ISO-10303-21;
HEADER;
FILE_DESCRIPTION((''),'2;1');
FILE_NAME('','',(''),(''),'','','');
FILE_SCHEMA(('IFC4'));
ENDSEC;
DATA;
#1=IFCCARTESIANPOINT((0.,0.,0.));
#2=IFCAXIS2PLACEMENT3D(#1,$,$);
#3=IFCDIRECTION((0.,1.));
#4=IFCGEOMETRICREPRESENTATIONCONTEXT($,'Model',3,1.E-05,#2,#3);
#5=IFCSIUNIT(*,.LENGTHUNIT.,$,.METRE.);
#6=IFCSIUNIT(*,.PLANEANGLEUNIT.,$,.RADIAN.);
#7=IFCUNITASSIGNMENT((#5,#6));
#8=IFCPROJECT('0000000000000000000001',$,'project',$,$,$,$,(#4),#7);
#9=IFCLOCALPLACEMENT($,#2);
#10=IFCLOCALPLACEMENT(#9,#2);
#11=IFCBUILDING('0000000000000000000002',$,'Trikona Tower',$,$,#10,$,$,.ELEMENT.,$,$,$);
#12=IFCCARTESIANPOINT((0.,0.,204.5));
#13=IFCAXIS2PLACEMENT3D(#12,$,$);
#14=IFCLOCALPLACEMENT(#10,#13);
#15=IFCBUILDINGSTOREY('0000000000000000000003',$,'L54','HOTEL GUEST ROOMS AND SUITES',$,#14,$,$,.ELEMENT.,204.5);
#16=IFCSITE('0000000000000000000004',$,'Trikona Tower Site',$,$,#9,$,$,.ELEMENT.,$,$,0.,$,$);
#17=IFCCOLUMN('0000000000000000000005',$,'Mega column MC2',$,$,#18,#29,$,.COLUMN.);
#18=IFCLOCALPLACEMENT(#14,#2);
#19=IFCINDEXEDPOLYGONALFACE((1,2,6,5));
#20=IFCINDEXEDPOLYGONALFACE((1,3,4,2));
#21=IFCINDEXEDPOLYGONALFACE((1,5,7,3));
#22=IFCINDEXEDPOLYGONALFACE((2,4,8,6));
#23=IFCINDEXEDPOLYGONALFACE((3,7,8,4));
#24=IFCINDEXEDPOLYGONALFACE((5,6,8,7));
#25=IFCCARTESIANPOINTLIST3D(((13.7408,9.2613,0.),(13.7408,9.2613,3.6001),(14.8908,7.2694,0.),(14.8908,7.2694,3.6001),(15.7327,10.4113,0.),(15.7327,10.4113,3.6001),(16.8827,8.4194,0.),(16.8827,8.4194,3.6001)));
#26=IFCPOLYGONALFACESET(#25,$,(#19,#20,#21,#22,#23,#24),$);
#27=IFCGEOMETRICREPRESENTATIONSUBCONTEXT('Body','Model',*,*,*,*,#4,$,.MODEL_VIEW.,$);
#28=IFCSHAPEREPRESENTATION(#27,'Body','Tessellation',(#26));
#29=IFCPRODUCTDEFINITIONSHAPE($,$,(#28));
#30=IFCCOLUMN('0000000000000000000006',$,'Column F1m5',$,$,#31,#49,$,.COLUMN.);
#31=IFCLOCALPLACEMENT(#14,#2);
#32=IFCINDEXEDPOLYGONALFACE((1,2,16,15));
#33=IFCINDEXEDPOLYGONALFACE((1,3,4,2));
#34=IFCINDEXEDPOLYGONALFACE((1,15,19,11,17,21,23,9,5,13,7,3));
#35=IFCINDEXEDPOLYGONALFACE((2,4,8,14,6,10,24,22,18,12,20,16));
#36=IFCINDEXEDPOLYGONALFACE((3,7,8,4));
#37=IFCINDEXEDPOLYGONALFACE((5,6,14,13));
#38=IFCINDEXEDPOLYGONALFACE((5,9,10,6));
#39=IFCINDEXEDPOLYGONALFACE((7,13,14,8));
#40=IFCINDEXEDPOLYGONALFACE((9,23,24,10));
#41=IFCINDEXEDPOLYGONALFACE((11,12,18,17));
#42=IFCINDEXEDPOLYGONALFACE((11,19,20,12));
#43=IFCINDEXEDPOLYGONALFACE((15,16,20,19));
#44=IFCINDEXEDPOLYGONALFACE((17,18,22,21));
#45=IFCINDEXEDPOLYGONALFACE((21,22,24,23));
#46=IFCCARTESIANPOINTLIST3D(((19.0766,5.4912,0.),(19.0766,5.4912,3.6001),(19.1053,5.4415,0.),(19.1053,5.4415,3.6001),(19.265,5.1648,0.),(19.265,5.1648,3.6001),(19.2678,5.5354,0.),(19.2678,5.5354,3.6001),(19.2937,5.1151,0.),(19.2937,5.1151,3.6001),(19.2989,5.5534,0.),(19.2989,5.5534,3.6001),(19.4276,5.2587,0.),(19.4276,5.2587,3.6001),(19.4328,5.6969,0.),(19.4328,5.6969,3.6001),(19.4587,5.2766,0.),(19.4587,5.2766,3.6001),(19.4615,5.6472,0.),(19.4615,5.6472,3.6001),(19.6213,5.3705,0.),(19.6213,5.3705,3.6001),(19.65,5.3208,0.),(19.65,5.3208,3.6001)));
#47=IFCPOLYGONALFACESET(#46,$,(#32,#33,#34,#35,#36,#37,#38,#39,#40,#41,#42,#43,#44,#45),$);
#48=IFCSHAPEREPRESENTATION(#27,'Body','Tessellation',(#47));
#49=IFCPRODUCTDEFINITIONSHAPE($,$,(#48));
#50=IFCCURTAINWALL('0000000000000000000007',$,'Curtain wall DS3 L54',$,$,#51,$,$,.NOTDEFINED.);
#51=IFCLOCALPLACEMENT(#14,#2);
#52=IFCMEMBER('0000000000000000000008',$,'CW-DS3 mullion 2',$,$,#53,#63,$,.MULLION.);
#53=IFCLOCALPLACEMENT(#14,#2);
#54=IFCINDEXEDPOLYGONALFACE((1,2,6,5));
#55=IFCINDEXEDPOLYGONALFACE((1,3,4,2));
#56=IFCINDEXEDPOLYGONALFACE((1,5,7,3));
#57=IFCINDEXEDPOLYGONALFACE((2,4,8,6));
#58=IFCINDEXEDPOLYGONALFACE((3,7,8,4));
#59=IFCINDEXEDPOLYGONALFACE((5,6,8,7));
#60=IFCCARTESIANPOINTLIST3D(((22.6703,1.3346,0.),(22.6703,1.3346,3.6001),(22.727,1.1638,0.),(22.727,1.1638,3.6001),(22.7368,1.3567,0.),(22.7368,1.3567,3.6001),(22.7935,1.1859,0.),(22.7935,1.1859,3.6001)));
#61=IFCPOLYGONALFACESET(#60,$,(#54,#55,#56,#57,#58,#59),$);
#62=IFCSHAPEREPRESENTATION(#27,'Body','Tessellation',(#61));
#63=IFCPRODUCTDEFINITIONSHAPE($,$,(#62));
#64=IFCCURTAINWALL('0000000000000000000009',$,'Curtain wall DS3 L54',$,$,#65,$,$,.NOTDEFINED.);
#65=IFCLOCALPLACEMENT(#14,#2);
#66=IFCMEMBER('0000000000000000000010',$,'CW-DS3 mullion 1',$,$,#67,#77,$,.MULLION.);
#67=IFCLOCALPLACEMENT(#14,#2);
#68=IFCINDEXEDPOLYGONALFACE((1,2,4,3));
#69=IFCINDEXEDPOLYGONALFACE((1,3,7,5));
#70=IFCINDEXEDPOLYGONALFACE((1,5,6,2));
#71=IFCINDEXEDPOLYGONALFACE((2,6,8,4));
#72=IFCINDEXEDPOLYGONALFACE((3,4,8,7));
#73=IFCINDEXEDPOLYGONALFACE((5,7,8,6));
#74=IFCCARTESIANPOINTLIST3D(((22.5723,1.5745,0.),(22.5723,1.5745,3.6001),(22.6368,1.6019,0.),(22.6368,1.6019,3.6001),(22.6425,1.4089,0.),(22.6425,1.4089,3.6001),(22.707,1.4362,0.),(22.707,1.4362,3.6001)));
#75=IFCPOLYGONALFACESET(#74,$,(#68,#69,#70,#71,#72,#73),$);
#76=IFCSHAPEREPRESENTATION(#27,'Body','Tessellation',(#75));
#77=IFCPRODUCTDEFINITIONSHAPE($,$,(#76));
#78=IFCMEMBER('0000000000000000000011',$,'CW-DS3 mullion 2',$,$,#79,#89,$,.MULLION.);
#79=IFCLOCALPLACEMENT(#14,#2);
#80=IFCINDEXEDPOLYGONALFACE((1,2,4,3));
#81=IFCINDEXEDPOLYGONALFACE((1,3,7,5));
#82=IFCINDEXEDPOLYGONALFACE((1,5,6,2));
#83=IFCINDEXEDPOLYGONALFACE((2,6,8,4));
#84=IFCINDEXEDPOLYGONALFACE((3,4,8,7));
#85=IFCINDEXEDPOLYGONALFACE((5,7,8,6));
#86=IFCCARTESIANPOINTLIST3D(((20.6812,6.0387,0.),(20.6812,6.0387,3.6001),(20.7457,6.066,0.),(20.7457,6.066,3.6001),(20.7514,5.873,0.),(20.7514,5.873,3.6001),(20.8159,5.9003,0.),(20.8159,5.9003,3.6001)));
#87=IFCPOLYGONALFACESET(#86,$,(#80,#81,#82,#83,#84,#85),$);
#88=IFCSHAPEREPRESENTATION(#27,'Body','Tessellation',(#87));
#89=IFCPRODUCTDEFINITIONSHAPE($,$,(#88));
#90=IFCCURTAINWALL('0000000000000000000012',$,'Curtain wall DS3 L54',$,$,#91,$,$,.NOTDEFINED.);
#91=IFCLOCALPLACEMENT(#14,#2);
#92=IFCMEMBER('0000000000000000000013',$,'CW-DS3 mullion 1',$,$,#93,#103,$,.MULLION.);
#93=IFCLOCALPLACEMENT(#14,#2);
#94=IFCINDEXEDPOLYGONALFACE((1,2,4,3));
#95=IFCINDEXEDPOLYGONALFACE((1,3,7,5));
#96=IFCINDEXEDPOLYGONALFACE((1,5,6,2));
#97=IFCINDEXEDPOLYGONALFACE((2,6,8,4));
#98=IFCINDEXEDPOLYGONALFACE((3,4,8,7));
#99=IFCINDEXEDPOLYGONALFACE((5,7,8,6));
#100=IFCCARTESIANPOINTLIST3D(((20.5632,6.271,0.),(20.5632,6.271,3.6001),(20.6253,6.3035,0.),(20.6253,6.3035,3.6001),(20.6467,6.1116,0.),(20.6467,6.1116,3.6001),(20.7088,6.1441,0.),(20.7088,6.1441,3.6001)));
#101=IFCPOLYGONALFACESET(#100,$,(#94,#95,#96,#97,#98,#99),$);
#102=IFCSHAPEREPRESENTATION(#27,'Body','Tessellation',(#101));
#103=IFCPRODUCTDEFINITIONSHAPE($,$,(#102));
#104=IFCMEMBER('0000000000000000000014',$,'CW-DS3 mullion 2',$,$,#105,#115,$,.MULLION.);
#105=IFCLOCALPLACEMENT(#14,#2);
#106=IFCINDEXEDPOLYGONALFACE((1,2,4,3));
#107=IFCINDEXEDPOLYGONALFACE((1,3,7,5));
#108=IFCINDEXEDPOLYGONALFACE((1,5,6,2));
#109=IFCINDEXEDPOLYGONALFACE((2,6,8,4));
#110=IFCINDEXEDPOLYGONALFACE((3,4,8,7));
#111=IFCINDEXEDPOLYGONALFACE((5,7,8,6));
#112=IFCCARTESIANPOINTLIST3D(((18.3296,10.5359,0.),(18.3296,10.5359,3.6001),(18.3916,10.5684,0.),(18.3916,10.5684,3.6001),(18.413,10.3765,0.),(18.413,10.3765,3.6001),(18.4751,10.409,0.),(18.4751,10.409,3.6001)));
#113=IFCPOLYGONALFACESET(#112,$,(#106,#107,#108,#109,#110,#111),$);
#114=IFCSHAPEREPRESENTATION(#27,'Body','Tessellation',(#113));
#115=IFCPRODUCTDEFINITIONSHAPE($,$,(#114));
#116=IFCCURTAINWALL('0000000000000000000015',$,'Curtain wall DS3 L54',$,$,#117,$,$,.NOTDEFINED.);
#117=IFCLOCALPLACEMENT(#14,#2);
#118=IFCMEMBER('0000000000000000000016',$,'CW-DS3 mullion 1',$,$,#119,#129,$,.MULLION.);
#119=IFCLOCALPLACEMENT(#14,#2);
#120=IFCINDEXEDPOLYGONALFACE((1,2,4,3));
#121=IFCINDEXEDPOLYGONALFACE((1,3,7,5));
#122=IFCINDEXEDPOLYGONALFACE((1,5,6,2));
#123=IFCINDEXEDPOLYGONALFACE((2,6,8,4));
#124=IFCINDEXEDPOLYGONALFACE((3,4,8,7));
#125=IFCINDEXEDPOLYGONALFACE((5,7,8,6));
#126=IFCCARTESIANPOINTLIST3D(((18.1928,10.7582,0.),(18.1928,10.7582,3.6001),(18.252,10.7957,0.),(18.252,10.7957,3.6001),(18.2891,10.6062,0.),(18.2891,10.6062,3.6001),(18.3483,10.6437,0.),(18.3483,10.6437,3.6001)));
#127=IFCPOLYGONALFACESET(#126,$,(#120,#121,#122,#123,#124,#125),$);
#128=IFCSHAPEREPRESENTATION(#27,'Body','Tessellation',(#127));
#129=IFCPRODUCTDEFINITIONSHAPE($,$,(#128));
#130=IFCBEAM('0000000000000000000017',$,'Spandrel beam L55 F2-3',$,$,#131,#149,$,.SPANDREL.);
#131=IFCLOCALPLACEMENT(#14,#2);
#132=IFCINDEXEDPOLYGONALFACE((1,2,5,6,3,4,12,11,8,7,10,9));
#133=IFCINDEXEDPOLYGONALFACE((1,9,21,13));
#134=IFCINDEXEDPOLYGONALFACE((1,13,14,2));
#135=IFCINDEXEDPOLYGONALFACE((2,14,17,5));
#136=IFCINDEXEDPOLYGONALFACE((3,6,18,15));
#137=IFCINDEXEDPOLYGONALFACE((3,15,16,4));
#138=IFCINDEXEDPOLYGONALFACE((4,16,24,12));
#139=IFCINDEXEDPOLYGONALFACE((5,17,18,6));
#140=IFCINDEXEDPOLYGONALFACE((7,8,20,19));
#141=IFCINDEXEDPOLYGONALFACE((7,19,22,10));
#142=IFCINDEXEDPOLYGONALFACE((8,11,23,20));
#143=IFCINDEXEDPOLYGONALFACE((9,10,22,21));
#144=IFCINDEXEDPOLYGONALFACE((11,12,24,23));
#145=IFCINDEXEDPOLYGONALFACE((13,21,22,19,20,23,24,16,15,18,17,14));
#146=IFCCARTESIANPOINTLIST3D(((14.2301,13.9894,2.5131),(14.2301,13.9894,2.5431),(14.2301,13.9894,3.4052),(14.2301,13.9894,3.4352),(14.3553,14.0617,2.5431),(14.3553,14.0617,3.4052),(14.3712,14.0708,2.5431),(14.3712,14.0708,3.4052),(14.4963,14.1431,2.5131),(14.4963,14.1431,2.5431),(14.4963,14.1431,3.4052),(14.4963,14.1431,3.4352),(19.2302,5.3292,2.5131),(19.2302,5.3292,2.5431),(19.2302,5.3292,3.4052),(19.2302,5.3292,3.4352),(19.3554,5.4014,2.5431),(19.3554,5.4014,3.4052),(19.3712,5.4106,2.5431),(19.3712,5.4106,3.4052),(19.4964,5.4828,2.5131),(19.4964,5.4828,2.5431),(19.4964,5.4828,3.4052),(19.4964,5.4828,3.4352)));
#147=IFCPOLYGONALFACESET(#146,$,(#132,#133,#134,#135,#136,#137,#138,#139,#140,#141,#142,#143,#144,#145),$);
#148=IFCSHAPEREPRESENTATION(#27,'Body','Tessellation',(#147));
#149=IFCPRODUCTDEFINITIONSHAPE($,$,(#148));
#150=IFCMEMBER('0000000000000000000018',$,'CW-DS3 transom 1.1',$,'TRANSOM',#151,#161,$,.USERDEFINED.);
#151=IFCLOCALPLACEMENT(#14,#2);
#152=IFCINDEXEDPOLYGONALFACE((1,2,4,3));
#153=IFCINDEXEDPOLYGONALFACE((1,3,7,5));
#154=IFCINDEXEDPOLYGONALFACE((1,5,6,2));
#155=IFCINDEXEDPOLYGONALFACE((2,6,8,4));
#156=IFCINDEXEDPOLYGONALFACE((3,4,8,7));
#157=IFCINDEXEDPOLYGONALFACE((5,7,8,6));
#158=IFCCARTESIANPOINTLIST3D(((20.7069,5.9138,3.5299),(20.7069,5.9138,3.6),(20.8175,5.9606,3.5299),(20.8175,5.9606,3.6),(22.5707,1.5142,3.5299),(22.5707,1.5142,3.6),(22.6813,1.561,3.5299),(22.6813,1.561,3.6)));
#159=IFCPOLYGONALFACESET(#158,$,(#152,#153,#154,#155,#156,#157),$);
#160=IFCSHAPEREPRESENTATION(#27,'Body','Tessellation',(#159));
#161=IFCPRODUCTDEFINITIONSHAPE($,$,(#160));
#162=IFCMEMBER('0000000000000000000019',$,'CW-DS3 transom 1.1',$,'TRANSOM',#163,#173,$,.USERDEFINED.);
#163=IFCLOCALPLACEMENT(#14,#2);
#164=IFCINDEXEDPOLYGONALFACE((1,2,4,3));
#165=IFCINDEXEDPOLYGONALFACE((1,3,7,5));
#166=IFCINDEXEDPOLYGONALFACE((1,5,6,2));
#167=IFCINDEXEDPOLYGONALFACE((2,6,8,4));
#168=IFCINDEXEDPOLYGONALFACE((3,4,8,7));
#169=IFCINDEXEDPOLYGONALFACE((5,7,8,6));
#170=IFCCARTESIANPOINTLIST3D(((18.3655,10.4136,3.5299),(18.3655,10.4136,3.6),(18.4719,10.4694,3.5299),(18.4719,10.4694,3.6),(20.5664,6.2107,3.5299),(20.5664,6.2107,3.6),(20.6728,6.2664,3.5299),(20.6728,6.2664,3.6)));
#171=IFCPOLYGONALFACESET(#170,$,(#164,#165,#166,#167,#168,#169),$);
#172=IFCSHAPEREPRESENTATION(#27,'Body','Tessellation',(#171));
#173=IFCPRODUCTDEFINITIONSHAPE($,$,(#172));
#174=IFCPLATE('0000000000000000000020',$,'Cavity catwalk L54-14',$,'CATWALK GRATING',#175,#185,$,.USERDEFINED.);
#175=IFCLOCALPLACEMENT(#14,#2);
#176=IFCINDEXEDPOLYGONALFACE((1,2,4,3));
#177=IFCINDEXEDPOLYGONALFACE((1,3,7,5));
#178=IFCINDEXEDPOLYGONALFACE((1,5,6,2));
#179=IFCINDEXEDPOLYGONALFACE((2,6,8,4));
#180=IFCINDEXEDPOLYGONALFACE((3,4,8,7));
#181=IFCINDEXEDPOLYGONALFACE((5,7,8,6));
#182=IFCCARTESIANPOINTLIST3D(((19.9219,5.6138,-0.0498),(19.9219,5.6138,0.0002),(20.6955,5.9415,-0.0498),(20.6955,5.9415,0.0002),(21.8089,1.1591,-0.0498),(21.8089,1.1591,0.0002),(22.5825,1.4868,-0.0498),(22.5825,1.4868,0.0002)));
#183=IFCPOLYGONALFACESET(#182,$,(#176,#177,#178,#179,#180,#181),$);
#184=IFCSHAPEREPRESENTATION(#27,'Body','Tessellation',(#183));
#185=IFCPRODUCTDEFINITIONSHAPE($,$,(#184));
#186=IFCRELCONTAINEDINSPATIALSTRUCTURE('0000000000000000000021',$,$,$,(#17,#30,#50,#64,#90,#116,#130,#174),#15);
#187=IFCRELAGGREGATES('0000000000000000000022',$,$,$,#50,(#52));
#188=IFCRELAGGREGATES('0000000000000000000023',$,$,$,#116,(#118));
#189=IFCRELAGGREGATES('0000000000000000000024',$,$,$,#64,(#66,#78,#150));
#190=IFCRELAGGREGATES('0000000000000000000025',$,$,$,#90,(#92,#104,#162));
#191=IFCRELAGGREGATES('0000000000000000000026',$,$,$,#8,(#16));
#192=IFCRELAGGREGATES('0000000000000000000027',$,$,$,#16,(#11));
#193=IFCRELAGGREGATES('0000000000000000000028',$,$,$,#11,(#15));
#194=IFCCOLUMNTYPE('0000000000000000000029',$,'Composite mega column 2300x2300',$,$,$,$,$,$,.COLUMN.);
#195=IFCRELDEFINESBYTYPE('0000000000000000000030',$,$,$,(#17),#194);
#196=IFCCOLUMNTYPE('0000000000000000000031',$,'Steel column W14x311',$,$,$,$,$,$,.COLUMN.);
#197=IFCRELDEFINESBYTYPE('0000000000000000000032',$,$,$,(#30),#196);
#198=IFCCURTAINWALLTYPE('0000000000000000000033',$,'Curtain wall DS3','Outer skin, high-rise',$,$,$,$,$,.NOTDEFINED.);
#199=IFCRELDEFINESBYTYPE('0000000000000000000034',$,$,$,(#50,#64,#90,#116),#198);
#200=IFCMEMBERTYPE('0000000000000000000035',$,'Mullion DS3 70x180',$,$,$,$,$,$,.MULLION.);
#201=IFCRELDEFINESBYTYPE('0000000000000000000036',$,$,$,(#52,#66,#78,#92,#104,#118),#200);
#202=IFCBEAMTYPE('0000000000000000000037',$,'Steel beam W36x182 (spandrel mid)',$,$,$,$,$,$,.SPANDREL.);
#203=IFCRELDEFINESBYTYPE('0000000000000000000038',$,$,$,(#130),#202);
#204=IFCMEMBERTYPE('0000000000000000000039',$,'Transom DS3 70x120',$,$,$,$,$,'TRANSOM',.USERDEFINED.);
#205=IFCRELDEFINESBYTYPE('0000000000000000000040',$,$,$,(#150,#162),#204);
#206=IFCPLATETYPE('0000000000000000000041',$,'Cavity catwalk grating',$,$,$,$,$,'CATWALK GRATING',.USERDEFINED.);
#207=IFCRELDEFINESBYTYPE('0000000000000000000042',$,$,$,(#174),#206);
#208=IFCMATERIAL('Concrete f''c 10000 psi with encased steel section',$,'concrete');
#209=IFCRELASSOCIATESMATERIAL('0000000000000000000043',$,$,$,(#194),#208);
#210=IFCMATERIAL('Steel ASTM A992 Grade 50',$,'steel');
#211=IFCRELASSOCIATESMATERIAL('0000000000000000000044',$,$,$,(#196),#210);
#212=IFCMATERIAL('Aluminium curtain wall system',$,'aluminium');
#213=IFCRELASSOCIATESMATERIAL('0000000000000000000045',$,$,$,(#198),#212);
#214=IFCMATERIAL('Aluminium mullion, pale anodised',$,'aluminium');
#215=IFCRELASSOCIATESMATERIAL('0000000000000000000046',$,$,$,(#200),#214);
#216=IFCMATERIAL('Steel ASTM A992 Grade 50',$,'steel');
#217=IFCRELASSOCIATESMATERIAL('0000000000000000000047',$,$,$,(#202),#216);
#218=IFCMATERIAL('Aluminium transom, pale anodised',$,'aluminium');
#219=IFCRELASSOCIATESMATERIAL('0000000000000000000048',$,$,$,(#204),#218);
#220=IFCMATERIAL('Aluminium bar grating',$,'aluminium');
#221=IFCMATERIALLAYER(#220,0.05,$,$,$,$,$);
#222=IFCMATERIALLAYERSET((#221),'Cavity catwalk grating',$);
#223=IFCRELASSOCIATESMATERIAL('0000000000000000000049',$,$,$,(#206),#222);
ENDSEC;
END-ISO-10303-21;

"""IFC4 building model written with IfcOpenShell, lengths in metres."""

from ifc_helpers import new_model, si_unit, direction, frame, origin, origin_2d, place, context, subcontext, project, spatial, rectangle, i_section, extrude, material, layer, layer_set, material_profile, profile_set, type_object, element, aggregate, save


model = new_model("IFC4")

# Units and contexts
model_context = context("Model", 3, precision=1e-05, world=origin(), true_north=direction((0.0, 1.0)))
body_context = subcontext(model_context, "Body", "Model", "MODEL_VIEW")
ifc_project = project(units=[si_unit("LENGTHUNIT", "METRE"), si_unit("PLANEANGLEUNIT", "RADIAN")], contexts=[model_context])

# Site, building, storey
site_placement = place(None, origin())
site = spatial("IfcSite", under=ifc_project, at=site_placement, Name="Trikona Tower Site", CompositionType="ELEMENT", RefElevation=0.0)
building_placement = place(site_placement, origin())
building = spatial("IfcBuilding", under=site, at=building_placement, Name="Trikona Tower", CompositionType="ELEMENT")
storey_placement = place(building_placement, frame((0.0, 0.0, 204.5)))
storey = spatial("IfcBuildingStorey", under=building, at=storey_placement, Name="L54", Description="HOTEL GUEST ROOMS AND SUITES", CompositionType="ELEMENT", Elevation=204.5)

# Columns
ifc_material_1 = material(Name="Concrete f'c 10000 psi with encased steel section", Category="concrete")
ifc_material_profile_1 = material_profile(ifc_material_1, rectangle(XDim=2.3, YDim=2.3, at=origin_2d()), Name="MC2300")
ifc_profile_set_1 = profile_set([ifc_material_profile_1], Name="Concrete f'c 10000 psi with encased steel section")
column_type_1 = type_object("IfcColumnType", Name="Composite mega column 2300x2300", PredefinedType="COLUMN", material=ifc_profile_set_1)
column_1_placement = place(storey_placement, frame((15.3118, 8.8403, 0.0), z_axis=(0.0, 0.0, 1.0), x_axis=(0.866025, 0.5, 0.0)))
element("IfcColumn", 1, at=column_1_placement, inside=storey, type_object=column_type_1, Name="Mega column MC2", PredefinedType="COLUMN", context=body_context, shape_type="SweptSolid", body=[
    extrude(rectangle(XDim=2.3, YDim=2.3, at=origin_2d()), origin(), (0.0, 0.0, 1.0), 3.6001),
])
ifc_material_2 = material(Name="Steel ASTM A992 Grade 50", Category="steel")
ifc_material_profile_2 = material_profile(ifc_material_2, i_section(OverallWidth=0.4114, OverallDepth=0.4343, WebThickness=0.0359, FlangeThickness=0.0574, at=origin_2d()), Name="W14X311")
ifc_profile_set_2 = profile_set([ifc_material_profile_2], Name="Steel ASTM A992 Grade 50")
column_type_2 = type_object("IfcColumnType", Name="Steel column W14x311", PredefinedType="COLUMN", material=ifc_profile_set_2)
column_2_placement = place(storey_placement, frame((19.3633, 5.406, 0.0), z_axis=(0.0, 0.0, 1.0), x_axis=(0.866025, 0.5, 0.0)))
element("IfcColumn", 2, at=column_2_placement, inside=storey, type_object=column_type_2, Name="Column F1m5", PredefinedType="COLUMN", context=body_context, shape_type="SweptSolid", body=[
    extrude(i_section(OverallWidth=0.4114, OverallDepth=0.4343, WebThickness=0.0359, FlangeThickness=0.0574, at=origin_2d()), origin(), (0.0, 0.0, 1.0), 3.6001),
])

# Curtain wall, member
ifc_material_3 = material(Name="Aluminium curtain wall system", Category="aluminium")
curtain_wall_type = type_object("IfcCurtainWallType", Name="Curtain wall DS3", Description="Outer skin, high-rise", PredefinedType="NOTDEFINED", material=ifc_material_3)
curtain_wall_1_placement = place(storey_placement, origin())
curtain_wall_1 = element("IfcCurtainWall", 3, at=curtain_wall_1_placement, inside=storey, type_object=curtain_wall_type, Name="Curtain wall DS3 L54", PredefinedType="NOTDEFINED")
ifc_material_4 = material(Name="Aluminium mullion, pale anodised", Category="aluminium")
ifc_material_profile_3 = material_profile(ifc_material_4, rectangle(XDim=0.0701, YDim=0.1799, at=origin_2d()), Name="MUL-DS3")
ifc_profile_set_3 = profile_set([ifc_material_profile_3], Name="Aluminium mullion, pale anodised")
member_type_1 = type_object("IfcMemberType", Name="Mullion DS3 70x180", PredefinedType="MULLION", material=ifc_profile_set_3)
member_1_placement = place(storey_placement, frame((22.7319, 1.2603, 0.0), z_axis=(0.0, 0.0, 1.0), x_axis=(-0.949066, -0.315078, 0.0)))
member_1 = element("IfcMember", 4, at=member_1_placement, type_object=member_type_1, Name="CW-DS3 mullion 2", PredefinedType="MULLION", context=body_context, shape_type="SweptSolid", body=[
    extrude(rectangle(XDim=0.0701, YDim=0.1799, at=origin_2d()), origin(), (0.0, 0.0, 1.0), 3.6001),
])
aggregate(curtain_wall_1, [member_1])

# Curtain walls, members
curtain_wall_2_placement = place(storey_placement, origin())
curtain_wall_2 = element("IfcCurtainWall", 5, at=curtain_wall_2_placement, inside=storey, type_object=curtain_wall_type, Name="Curtain wall DS3 L54", PredefinedType="NOTDEFINED")
member_2_placement = place(storey_placement, frame((22.6396, 1.5054, 0.0), z_axis=(0.0, 0.0, 1.0), x_axis=(-0.920792, -0.390053, 0.0)))
member_2 = element("IfcMember", 6, at=member_2_placement, type_object=member_type_1, Name="CW-DS3 mullion 1", PredefinedType="MULLION", context=body_context, shape_type="SweptSolid", body=[
    extrude(rectangle(XDim=0.0701, YDim=0.1799, at=origin_2d()), origin(), (0.0, 0.0, 1.0), 3.6001),
])
member_3_placement = place(storey_placement, frame((20.7485, 5.9695, 0.0), z_axis=(0.0, 0.0, 1.0), x_axis=(-0.920792, -0.390053, 0.0)))
member_3 = element("IfcMember", 7, at=member_3_placement, type_object=member_type_1, Name="CW-DS3 mullion 2", PredefinedType="MULLION", context=body_context, shape_type="SweptSolid", body=[
    extrude(rectangle(XDim=0.0701, YDim=0.1799, at=origin_2d()), origin(), (0.0, 0.0, 1.0), 3.6001),
])
curtain_wall_3_placement = place(storey_placement, origin())
curtain_wall_3 = element("IfcCurtainWall", 8, at=curtain_wall_3_placement, inside=storey, type_object=curtain_wall_type, Name="Curtain wall DS3 L54", PredefinedType="NOTDEFINED")
member_4_placement = place(storey_placement, frame((20.636, 6.2075, 0.0), z_axis=(0.0, 0.0, 1.0), x_axis=(-0.885862, -0.463948, 0.0)))
member_4 = element("IfcMember", 9, at=member_4_placement, type_object=member_type_1, Name="CW-DS3 mullion 1", PredefinedType="MULLION", context=body_context, shape_type="SweptSolid", body=[
    extrude(rectangle(XDim=0.0701, YDim=0.1799, at=origin_2d()), origin(), (0.0, 0.0, 1.0), 3.6001),
])
member_5_placement = place(storey_placement, frame((18.4023, 10.4724, 0.0), z_axis=(0.0, 0.0, 1.0), x_axis=(-0.885862, -0.463948, 0.0)))
member_5 = element("IfcMember", 10, at=member_5_placement, type_object=member_type_1, Name="CW-DS3 mullion 2", PredefinedType="MULLION", context=body_context, shape_type="SweptSolid", body=[
    extrude(rectangle(XDim=0.0701, YDim=0.1799, at=origin_2d()), origin(), (0.0, 0.0, 1.0), 3.6001),
])

# Curtain wall, member
curtain_wall_4_placement = place(storey_placement, origin())
curtain_wall_4 = element("IfcCurtainWall", 11, at=curtain_wall_4_placement, inside=storey, type_object=curtain_wall_type, Name="Curtain wall DS3 L54", PredefinedType="NOTDEFINED")
member_6_placement = place(storey_placement, frame((18.2705, 10.7009, 0.0), z_axis=(0.0, 0.0, 1.0), x_axis=(-0.844727, -0.535197, 0.0)))
member_6 = element("IfcMember", 12, at=member_6_placement, type_object=member_type_1, Name="CW-DS3 mullion 1", PredefinedType="MULLION", context=body_context, shape_type="SweptSolid", body=[
    extrude(rectangle(XDim=0.0701, YDim=0.1799, at=origin_2d()), origin(), (0.0, 0.0, 1.0), 3.6001),
])
aggregate(curtain_wall_4, [member_6])

# Beam
ifc_material_5 = material(Name="Steel ASTM A992 Grade 50", Category="steel")
ifc_material_profile_4 = material_profile(ifc_material_5, i_section(OverallWidth=0.3074, OverallDepth=0.9221, WebThickness=0.0183, FlangeThickness=0.03, at=origin_2d()), Name="W36X182")
ifc_profile_set_4 = profile_set([ifc_material_profile_4], Name="Steel ASTM A992 Grade 50")
beam_type = type_object("IfcBeamType", Name="Steel beam W36x182 (spandrel mid)", PredefinedType="SPANDREL", material=ifc_profile_set_4)
beam_placement = place(storey_placement, frame((19.3633, 5.406, 2.9741), z_axis=(-0.500004, 0.866023, 0.0), x_axis=(-0.866023, -0.500004, 0.0)))
element("IfcBeam", 13, at=beam_placement, inside=storey, type_object=beam_type, Name="Spandrel beam L55 F2-3", PredefinedType="SPANDREL", context=body_context, shape_type="SweptSolid", body=[
    extrude(i_section(OverallWidth=0.3074, OverallDepth=0.9221, WebThickness=0.0183, FlangeThickness=0.03, at=origin_2d()), origin(), (0.0, 0.0, 1.0), 10.0),
])

# Members
ifc_material_6 = material(Name="Aluminium transom, pale anodised", Category="aluminium")
ifc_material_profile_5 = material_profile(ifc_material_6, rectangle(XDim=0.1201, YDim=0.0701, at=origin_2d()), Name="TRN-DS3")
ifc_profile_set_5 = profile_set([ifc_material_profile_5], Name="Aluminium transom, pale anodised")
member_type_2 = type_object("IfcMemberType", Name="Transom DS3 70x120", ElementType="TRANSOM", PredefinedType="USERDEFINED", material=ifc_profile_set_5)
member_7_placement = place(storey_placement, frame((22.626, 1.5376, 3.5649), z_axis=(-0.390062, 0.920789, 0.0), x_axis=(-0.920789, -0.390062, 0.0)))
member_7 = element("IfcMember", 14, at=member_7_placement, type_object=member_type_2, Name="CW-DS3 transom 1.1", ObjectType="TRANSOM", PredefinedType="USERDEFINED", context=body_context, shape_type="SweptSolid", body=[
    extrude(rectangle(XDim=0.1201, YDim=0.0701, at=origin_2d()), origin(), (0.0, 0.0, 1.0), 4.7781),
])
member_8_placement = place(storey_placement, frame((20.6196, 6.2385, 3.5649), z_axis=(-0.463911, 0.885882, 0.0), x_axis=(-0.885882, -0.463911, 0.0)))
member_8 = element("IfcMember", 15, at=member_8_placement, type_object=member_type_2, Name="CW-DS3 transom 1.1", ObjectType="TRANSOM", PredefinedType="USERDEFINED", context=body_context, shape_type="SweptSolid", body=[
    extrude(rectangle(XDim=0.1201, YDim=0.0701, at=origin_2d()), origin(), (0.0, 0.0, 1.0), 4.7444),
])

# Plate
ifc_material_7 = material(Name="Aluminium bar grating", Category="aluminium")
ifc_layer_1 = layer(ifc_material_7, 0.05)
ifc_layer_set_1 = layer_set([ifc_layer_1], Name="Cavity catwalk grating")
plate_type_1 = type_object("IfcPlateType", Name="Cavity catwalk grating", ElementType="CATWALK GRATING", PredefinedType="USERDEFINED", material=ifc_layer_set_1)
plate_1_placement = place(storey_placement, frame((21.2522, 3.5503, -0.0498), z_axis=(0.0, 0.0, 1.0), x_axis=(-0.390051, 0.920793, 0.0)))
element("IfcPlate", 16, at=plate_1_placement, inside=storey, type_object=plate_type_1, Name="Cavity catwalk L54-14", ObjectType="CATWALK GRATING", PredefinedType="USERDEFINED", context=body_context, shape_type="SweptSolid", body=[
    extrude(rectangle(XDim=4.8379, YDim=0.8401, at=origin_2d()), origin(), (0.0, 0.0, 1.0), 0.05),
])

aggregate(curtain_wall_2, [member_2, member_3, member_7])
aggregate(curtain_wall_3, [member_4, member_5, member_8])

save(model, "model.ifc")
